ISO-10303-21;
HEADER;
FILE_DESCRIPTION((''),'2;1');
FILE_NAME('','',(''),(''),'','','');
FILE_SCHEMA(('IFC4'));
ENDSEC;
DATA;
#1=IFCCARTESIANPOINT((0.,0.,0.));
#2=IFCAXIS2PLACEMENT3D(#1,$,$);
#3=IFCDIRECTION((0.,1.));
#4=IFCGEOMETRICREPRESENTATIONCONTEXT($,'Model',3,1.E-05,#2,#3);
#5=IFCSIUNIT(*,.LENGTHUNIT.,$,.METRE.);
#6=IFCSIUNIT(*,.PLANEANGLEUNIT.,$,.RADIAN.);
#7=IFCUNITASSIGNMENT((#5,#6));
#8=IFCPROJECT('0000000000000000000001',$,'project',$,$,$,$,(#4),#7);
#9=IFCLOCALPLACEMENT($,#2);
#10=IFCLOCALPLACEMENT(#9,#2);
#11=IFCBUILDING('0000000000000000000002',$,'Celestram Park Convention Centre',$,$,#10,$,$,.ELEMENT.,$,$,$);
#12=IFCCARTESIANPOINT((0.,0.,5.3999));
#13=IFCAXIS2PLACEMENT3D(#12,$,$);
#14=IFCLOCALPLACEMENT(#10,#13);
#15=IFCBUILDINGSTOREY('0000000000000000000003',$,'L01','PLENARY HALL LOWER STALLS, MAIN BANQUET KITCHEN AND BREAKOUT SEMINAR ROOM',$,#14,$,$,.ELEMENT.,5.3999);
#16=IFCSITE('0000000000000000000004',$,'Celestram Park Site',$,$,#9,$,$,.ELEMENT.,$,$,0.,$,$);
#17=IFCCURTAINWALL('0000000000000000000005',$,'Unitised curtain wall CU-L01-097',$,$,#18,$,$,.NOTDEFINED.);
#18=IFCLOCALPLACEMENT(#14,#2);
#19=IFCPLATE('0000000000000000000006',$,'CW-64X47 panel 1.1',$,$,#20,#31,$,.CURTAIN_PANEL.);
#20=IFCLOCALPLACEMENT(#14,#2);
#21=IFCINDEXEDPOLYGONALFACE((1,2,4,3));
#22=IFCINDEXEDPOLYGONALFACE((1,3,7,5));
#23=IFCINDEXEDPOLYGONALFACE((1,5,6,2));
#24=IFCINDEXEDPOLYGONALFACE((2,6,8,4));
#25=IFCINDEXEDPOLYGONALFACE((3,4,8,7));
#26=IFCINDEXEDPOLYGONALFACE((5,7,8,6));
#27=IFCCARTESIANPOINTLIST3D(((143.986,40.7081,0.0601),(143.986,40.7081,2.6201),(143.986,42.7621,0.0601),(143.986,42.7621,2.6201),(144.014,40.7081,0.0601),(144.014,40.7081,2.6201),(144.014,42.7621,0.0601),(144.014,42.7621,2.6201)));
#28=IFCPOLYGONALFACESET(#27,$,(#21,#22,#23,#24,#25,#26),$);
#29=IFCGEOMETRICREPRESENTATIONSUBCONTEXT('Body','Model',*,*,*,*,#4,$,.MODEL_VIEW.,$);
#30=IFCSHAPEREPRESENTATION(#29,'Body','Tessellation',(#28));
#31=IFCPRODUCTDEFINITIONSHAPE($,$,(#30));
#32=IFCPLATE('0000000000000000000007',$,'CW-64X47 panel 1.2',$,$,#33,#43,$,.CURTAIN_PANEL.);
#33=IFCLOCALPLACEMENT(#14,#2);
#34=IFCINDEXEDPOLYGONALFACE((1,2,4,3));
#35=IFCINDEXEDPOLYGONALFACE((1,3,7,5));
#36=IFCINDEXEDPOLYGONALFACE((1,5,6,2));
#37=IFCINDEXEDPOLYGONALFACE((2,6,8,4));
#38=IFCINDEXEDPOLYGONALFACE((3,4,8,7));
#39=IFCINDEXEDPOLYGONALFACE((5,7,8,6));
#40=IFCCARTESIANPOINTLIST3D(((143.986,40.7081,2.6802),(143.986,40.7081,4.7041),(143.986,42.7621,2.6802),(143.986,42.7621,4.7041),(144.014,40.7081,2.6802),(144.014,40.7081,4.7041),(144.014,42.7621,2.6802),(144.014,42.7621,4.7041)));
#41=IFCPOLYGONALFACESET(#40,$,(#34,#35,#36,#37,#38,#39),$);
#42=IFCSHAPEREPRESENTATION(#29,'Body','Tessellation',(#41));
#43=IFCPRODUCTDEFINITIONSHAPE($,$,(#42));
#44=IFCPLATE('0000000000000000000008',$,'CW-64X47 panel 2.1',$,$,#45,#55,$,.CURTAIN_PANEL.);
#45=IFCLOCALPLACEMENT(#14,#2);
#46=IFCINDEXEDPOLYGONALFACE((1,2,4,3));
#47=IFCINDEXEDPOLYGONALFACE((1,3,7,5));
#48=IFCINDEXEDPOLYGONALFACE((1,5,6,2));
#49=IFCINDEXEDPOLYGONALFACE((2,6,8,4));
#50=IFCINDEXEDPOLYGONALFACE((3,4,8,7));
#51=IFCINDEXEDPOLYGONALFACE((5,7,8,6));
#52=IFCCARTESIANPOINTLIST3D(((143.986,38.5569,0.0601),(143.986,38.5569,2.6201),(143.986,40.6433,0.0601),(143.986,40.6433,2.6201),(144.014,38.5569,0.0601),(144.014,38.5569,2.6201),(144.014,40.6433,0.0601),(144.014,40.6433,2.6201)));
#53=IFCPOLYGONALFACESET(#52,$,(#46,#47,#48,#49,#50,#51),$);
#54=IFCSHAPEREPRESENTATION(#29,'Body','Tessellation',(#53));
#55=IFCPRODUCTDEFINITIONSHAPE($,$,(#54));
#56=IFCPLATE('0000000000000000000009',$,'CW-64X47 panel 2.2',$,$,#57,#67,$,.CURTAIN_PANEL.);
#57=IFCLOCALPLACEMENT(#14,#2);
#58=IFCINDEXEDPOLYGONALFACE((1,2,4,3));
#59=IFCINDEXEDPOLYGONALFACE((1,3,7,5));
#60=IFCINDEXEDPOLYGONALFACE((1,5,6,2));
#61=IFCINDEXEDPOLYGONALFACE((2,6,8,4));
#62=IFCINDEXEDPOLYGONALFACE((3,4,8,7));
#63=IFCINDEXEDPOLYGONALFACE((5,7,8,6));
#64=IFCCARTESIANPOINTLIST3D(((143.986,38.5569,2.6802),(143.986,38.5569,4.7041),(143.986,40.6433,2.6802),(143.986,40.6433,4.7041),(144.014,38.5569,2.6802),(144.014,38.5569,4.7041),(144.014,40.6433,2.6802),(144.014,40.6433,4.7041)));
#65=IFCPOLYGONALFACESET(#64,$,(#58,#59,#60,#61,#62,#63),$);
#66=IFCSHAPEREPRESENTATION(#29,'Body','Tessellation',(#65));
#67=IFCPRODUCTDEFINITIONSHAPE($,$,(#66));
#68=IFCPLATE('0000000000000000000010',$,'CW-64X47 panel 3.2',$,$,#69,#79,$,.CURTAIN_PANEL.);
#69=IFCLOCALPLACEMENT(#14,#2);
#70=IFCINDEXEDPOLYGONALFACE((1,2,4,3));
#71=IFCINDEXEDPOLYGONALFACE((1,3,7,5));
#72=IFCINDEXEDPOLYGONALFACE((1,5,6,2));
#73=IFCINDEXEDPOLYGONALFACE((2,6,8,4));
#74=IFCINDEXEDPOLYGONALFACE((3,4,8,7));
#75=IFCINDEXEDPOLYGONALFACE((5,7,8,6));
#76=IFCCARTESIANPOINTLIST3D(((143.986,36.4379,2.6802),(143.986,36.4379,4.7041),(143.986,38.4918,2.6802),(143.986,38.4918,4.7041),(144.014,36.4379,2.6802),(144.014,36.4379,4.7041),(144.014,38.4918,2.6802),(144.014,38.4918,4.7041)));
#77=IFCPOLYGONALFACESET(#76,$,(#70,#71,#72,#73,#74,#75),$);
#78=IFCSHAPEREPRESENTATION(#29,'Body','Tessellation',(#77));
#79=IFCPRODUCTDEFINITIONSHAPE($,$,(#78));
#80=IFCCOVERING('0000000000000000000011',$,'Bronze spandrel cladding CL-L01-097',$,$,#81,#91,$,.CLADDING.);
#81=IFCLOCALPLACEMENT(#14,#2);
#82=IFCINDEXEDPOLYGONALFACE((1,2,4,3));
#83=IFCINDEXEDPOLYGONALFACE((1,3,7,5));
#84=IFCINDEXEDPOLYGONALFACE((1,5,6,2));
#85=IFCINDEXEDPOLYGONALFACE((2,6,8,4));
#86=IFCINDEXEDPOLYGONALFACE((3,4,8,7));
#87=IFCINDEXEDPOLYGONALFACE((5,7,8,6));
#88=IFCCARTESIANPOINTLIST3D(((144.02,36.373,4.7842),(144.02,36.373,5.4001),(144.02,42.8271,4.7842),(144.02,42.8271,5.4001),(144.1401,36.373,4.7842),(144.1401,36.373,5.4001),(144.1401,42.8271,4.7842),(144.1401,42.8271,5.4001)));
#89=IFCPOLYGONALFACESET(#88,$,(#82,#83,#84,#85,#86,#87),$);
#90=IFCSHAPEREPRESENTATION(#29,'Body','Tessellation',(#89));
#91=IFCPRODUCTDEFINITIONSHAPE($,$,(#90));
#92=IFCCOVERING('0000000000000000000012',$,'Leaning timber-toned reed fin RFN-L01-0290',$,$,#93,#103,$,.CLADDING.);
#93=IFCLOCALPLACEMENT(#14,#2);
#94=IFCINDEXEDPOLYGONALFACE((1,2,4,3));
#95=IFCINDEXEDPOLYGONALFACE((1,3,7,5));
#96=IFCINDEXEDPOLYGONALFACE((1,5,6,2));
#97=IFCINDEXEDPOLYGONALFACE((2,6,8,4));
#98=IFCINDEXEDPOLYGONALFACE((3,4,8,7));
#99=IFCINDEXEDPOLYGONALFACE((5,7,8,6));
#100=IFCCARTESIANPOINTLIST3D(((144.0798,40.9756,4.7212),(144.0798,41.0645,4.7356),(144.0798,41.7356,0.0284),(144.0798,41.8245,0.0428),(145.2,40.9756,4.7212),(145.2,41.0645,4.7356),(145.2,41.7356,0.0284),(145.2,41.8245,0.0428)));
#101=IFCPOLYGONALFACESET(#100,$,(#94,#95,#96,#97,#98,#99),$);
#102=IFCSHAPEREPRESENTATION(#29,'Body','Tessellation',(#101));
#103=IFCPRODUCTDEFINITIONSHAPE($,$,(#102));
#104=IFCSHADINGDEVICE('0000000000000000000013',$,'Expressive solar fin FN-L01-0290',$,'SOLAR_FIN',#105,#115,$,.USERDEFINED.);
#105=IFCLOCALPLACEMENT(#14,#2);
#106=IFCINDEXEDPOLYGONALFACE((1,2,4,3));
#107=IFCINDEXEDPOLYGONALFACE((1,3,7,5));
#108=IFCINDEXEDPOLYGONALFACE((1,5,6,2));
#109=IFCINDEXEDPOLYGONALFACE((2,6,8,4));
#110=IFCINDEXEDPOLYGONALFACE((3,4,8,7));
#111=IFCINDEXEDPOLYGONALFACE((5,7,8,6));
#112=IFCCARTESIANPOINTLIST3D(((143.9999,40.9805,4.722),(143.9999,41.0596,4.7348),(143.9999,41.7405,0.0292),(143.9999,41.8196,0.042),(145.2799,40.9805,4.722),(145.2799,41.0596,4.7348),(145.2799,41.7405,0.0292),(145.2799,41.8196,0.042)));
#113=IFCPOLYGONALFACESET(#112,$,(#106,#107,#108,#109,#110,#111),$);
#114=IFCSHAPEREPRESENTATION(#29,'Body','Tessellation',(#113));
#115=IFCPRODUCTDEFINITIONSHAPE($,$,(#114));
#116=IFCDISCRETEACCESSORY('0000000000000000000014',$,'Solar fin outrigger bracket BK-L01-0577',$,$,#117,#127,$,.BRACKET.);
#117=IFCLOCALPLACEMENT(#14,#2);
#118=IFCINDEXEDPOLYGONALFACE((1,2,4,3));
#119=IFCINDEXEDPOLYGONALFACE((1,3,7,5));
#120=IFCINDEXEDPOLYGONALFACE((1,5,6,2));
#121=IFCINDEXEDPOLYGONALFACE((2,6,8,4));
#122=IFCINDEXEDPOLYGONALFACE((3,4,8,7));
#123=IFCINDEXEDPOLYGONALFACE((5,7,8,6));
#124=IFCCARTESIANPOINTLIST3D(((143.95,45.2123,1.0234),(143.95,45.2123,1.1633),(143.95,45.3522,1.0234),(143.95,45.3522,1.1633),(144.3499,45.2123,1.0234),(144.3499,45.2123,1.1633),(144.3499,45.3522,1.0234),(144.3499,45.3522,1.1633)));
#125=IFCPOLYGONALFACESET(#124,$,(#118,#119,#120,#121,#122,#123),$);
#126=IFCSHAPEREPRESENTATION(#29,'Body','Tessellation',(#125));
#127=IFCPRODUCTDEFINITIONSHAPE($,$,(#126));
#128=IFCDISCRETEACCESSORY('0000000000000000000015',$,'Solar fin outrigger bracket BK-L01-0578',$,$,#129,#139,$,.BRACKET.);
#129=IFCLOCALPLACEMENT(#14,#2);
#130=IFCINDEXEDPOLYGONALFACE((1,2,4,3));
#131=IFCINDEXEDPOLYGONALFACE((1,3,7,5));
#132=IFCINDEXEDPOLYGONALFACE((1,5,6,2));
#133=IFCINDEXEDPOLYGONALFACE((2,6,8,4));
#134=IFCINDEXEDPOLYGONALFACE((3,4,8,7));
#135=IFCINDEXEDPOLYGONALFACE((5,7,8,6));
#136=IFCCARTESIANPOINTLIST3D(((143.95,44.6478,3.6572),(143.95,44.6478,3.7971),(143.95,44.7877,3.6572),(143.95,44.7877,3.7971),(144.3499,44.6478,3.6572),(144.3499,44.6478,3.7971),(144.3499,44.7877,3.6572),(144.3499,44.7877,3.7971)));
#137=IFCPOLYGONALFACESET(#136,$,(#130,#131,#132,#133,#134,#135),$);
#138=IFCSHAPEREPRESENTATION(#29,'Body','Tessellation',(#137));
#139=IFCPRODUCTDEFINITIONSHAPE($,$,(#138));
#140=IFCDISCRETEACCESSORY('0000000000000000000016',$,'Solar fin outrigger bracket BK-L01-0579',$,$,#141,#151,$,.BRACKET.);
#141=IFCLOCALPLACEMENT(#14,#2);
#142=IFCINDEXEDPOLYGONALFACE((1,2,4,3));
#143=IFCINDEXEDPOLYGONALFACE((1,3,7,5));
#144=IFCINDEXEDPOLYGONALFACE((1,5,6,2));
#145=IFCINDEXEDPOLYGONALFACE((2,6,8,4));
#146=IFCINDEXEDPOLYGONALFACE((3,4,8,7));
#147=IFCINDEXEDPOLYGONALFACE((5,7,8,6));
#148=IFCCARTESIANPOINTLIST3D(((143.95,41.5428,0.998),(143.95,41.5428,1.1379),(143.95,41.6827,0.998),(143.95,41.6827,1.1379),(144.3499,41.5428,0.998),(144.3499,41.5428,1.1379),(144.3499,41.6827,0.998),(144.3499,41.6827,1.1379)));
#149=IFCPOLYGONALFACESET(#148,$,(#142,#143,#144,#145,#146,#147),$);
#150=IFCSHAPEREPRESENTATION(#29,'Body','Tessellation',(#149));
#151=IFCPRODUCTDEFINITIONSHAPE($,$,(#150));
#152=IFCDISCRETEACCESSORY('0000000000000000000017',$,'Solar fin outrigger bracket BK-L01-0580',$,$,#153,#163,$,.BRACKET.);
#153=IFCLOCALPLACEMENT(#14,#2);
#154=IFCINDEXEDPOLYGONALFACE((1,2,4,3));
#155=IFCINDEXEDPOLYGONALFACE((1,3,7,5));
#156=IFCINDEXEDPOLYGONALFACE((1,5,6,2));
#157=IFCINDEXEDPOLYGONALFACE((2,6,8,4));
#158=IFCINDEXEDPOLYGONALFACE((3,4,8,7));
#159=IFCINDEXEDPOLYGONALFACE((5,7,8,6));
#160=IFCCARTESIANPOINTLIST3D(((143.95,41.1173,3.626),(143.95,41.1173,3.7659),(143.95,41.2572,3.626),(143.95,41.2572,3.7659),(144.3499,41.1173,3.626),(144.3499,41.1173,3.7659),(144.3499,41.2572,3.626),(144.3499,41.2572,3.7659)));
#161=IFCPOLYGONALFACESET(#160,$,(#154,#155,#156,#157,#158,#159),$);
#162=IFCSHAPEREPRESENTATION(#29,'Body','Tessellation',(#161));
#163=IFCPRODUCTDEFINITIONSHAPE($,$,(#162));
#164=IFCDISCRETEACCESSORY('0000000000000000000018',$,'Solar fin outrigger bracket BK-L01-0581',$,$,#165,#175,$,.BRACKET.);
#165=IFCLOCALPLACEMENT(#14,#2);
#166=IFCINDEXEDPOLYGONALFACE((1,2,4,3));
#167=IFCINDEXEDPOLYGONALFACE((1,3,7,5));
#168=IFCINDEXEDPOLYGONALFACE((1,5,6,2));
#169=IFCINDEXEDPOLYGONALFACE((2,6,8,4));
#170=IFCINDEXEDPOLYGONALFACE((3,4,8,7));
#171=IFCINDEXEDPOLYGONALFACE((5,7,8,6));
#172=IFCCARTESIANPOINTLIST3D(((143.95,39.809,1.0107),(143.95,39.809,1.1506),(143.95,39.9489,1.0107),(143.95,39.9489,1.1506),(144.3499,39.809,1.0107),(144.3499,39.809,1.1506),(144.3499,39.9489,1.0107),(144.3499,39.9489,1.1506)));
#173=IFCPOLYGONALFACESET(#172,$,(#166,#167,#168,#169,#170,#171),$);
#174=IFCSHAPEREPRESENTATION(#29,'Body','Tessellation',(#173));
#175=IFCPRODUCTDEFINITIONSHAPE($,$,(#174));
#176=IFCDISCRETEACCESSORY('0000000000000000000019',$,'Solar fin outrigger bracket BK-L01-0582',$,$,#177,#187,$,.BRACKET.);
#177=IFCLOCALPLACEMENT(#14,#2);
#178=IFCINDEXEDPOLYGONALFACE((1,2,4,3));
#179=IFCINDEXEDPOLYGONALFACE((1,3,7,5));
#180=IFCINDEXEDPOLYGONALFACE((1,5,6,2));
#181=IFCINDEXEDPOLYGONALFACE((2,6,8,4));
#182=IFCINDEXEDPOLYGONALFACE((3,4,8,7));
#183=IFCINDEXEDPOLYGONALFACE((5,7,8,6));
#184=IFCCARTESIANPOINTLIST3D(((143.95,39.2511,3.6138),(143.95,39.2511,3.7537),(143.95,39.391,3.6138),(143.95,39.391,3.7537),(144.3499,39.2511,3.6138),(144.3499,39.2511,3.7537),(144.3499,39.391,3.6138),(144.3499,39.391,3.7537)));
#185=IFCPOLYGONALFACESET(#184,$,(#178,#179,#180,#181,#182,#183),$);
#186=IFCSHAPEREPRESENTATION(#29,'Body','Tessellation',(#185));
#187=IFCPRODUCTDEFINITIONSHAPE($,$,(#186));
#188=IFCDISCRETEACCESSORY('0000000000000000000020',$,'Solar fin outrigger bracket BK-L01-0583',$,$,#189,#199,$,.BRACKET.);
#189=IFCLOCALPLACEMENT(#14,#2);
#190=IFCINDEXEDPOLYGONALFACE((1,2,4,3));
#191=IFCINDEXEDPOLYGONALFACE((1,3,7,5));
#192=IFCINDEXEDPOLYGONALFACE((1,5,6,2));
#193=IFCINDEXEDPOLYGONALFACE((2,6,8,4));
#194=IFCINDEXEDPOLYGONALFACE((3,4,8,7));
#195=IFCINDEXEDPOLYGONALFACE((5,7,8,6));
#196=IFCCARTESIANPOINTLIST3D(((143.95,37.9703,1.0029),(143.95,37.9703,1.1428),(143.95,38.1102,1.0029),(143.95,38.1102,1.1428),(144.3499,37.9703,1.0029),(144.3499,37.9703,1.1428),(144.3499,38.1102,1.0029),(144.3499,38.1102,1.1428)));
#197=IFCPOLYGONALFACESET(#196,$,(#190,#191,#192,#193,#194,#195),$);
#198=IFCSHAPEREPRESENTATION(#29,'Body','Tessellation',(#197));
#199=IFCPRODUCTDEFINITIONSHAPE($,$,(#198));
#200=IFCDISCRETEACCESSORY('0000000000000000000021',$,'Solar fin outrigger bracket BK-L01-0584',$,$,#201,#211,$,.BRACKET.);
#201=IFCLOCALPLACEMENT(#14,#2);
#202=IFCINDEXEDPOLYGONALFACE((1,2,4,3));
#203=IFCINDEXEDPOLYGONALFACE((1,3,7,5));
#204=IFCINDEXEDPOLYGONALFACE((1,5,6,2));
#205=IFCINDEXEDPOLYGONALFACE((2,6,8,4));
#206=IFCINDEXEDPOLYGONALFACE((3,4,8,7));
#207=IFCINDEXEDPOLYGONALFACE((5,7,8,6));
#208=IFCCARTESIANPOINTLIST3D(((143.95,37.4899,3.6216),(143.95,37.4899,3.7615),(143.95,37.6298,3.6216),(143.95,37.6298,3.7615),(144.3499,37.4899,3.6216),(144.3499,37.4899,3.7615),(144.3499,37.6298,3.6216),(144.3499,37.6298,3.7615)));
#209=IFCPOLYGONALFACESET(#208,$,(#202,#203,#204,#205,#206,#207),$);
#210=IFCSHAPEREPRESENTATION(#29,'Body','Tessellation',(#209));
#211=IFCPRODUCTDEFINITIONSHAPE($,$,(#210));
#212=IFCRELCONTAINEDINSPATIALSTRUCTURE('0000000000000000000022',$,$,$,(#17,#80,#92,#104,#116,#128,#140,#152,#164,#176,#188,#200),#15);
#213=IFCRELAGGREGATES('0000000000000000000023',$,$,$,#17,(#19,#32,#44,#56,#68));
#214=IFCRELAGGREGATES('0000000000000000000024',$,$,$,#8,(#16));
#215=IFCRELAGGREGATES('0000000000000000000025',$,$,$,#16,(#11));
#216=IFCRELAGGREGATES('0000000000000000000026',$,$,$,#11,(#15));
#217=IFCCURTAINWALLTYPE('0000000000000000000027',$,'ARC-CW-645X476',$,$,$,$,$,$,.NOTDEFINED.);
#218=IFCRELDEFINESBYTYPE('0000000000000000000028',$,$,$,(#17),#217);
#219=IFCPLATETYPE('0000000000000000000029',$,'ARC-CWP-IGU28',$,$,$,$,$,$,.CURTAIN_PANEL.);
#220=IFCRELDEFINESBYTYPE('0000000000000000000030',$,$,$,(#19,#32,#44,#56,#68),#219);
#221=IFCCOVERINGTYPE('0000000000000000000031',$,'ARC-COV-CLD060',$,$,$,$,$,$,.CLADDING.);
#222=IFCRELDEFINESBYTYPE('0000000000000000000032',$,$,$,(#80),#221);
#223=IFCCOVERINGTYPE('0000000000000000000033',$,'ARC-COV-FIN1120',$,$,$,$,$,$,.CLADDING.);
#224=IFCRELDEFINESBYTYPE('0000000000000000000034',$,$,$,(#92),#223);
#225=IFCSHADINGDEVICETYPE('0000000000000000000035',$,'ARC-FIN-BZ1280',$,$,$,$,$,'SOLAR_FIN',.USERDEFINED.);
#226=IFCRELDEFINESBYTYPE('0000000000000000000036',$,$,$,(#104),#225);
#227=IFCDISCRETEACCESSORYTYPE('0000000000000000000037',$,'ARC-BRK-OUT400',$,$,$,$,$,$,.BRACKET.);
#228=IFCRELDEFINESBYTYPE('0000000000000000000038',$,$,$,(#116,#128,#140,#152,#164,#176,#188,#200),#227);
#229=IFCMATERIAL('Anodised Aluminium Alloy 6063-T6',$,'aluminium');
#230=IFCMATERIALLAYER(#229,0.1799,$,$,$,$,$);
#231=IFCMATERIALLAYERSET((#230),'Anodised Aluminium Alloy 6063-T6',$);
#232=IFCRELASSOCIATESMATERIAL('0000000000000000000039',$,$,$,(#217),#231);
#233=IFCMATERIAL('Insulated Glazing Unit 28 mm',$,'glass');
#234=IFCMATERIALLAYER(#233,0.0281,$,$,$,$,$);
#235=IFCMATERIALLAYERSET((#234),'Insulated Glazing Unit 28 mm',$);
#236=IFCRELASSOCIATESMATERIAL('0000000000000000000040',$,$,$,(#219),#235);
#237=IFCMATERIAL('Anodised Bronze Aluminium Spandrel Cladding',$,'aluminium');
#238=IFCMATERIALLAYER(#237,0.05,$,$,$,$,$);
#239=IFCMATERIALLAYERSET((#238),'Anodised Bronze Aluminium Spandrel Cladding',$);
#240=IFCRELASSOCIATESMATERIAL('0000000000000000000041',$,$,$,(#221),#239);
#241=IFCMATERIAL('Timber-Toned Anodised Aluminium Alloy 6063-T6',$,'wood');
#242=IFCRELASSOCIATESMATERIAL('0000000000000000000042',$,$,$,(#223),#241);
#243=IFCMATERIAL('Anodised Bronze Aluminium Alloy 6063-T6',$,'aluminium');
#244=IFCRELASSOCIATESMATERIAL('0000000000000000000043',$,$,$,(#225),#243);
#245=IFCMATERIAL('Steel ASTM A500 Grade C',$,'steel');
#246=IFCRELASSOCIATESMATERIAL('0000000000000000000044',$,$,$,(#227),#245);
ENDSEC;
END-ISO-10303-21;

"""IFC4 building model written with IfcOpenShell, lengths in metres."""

from ifc_helpers import new_model, si_unit, direction, frame, origin, origin_2d, place, context, subcontext, project, spatial, rectangle, extrude, material, layer, layer_set, material_profile, profile_set, type_object, element, aggregate, save


model = new_model("IFC4")

# Units and contexts
model_context = context("Model", 3, precision=1e-05, world=origin(), true_north=direction((0.0, 1.0)))
body_context = subcontext(model_context, "Body", "Model", "MODEL_VIEW")
ifc_project = project(units=[si_unit("LENGTHUNIT", "METRE"), si_unit("PLANEANGLEUNIT", "RADIAN")], contexts=[model_context])

# Site, building, storey
site_placement = place(None, origin())
site = spatial("IfcSite", under=ifc_project, at=site_placement, Name="Celestram Park Site", CompositionType="ELEMENT", RefElevation=0.0)
building_placement = place(site_placement, origin())
building = spatial("IfcBuilding", under=site, at=building_placement, Name="Celestram Park Convention Centre", CompositionType="ELEMENT")
storey_placement = place(building_placement, frame((0.0, 0.0, 5.3999)))
storey = spatial("IfcBuildingStorey", under=building, at=storey_placement, Name="L01", Description="PLENARY HALL LOWER STALLS, MAIN BANQUET KITCHEN AND BREAKOUT SEMINAR ROOM", CompositionType="ELEMENT", Elevation=5.3999)

# Shared definitions
ifc_material_1 = material(Name="Anodised Aluminium Alloy 6063-T6", Category="aluminium")

# Curtain wall
ifc_layer_1 = layer(ifc_material_1, 0.1799)
ifc_layer_set_1 = layer_set([ifc_layer_1], Name="Anodised Aluminium Alloy 6063-T6")
curtain_wall_type_1 = type_object("IfcCurtainWallType", Name="ARC-CW-645X476", PredefinedType="NOTDEFINED", material=ifc_layer_set_1)
curtain_wall_1_placement = place(storey_placement, origin())
curtain_wall_1 = element("IfcCurtainWall", 1, at=curtain_wall_1_placement, inside=storey, type_object=curtain_wall_type_1, Name="Unitised curtain wall CU-L01-097", PredefinedType="NOTDEFINED")

# Shared definitions
ifc_material_2 = material(Name="Steel ASTM A500 Grade C", Category="steel")

# Plates
ifc_material_3 = material(Name="Insulated Glazing Unit 28 mm", Category="glass")
ifc_layer_2 = layer(ifc_material_3, 0.0281)
ifc_layer_set_2 = layer_set([ifc_layer_2], Name="Insulated Glazing Unit 28 mm")
plate_type = type_object("IfcPlateType", Name="ARC-CWP-IGU28", PredefinedType="CURTAIN_PANEL", material=ifc_layer_set_2)
plate_1_placement = place(storey_placement, frame((144.0, 41.7351, 0.0601), z_axis=(0.0, 0.0, 1.0), x_axis=(0.0, -1.0, 0.0)))
plate_1 = element("IfcPlate", 2, at=plate_1_placement, type_object=plate_type, Name="CW-64X47 panel 1.1", PredefinedType="CURTAIN_PANEL", context=body_context, shape_type="SweptSolid", body=[
    extrude(rectangle(XDim=2.054, YDim=0.0281, at=origin_2d()), origin(), (0.0, 0.0, 1.0), 2.5601),
])
plate_2_placement = place(storey_placement, frame((144.0, 41.7351, 2.6802), z_axis=(0.0, 0.0, 1.0), x_axis=(0.0, -1.0, 0.0)))
plate_2 = element("IfcPlate", 3, at=plate_2_placement, type_object=plate_type, Name="CW-64X47 panel 1.2", PredefinedType="CURTAIN_PANEL", context=body_context, shape_type="SweptSolid", body=[
    extrude(rectangle(XDim=2.054, YDim=0.0281, at=origin_2d()), origin(), (0.0, 0.0, 1.0), 2.0239),
])
plate_3_placement = place(storey_placement, frame((144.0, 39.6001, 0.0601), z_axis=(0.0, 0.0, 1.0), x_axis=(0.0, -1.0, 0.0)))
plate_3 = element("IfcPlate", 4, at=plate_3_placement, type_object=plate_type, Name="CW-64X47 panel 2.1", PredefinedType="CURTAIN_PANEL", context=body_context, shape_type="SweptSolid", body=[
    extrude(rectangle(XDim=2.0864, YDim=0.0281, at=origin_2d()), origin(), (0.0, 0.0, 1.0), 2.5601),
])
plate_4_placement = place(storey_placement, frame((144.0, 39.6001, 2.6802), z_axis=(0.0, 0.0, 1.0), x_axis=(0.0, -1.0, 0.0)))
plate_4 = element("IfcPlate", 5, at=plate_4_placement, type_object=plate_type, Name="CW-64X47 panel 2.2", PredefinedType="CURTAIN_PANEL", context=body_context, shape_type="SweptSolid", body=[
    extrude(rectangle(XDim=2.0864, YDim=0.0281, at=origin_2d()), origin(), (0.0, 0.0, 1.0), 2.0239),
])
plate_5_placement = place(storey_placement, frame((144.0, 37.4648, 2.6802), z_axis=(0.0, 0.0, 1.0), x_axis=(0.0, -1.0, 0.0)))
plate_5 = element("IfcPlate", 6, at=plate_5_placement, type_object=plate_type, Name="CW-64X47 panel 3.2", PredefinedType="CURTAIN_PANEL", context=body_context, shape_type="SweptSolid", body=[
    extrude(rectangle(XDim=2.054, YDim=0.0281, at=origin_2d()), origin(), (0.0, 0.0, 1.0), 2.0239),
])
aggregate(curtain_wall_1, [plate_1, plate_2, plate_3, plate_4, plate_5])

# Coverings
ifc_material_4 = material(Name="Anodised Bronze Aluminium Spandrel Cladding", Category="aluminium")
ifc_layer_3 = layer(ifc_material_4, 0.05)
ifc_layer_set_3 = layer_set([ifc_layer_3], Name="Anodised Bronze Aluminium Spandrel Cladding")
covering_type_1 = type_object("IfcCoveringType", Name="ARC-COV-CLD060", PredefinedType="CLADDING", material=ifc_layer_set_3)
covering_1_placement = place(storey_placement, frame((144.0801, 39.6001, 4.7842), z_axis=(0.0, 0.0, 1.0), x_axis=(0.0, -1.0, 0.0)))
element("IfcCovering", 7, at=covering_1_placement, inside=storey, type_object=covering_type_1, Name="Bronze spandrel cladding CL-L01-097", PredefinedType="CLADDING", context=body_context, shape_type="SweptSolid", body=[
    extrude(rectangle(XDim=6.4541, YDim=0.1201, at=origin_2d()), origin(), (0.0, 0.0, 1.0), 0.616),
])
ifc_material_5 = material(Name="Timber-Toned Anodised Aluminium Alloy 6063-T6", Category="wood")
ifc_material_profile_1 = material_profile(ifc_material_5, rectangle(XDim=1.1201, YDim=0.0901, at=origin_2d()), Name="REED1120X90")
ifc_profile_set_1 = profile_set([ifc_material_profile_1], Name="Timber-Toned Anodised Aluminium Alloy 6063-T6")
covering_type_2 = type_object("IfcCoveringType", Name="ARC-COV-FIN1120", PredefinedType="CLADDING", material=ifc_profile_set_1)
covering_2_placement = place(storey_placement, frame((144.6399, 41.78, 0.0356), z_axis=(0.0, -0.159867, 0.987139), x_axis=(1.0, 0.0, 0.0)))
element("IfcCovering", 8, at=covering_2_placement, inside=storey, type_object=covering_type_2, Name="Leaning timber-toned reed fin RFN-L01-0290", PredefinedType="CLADDING", context=body_context, shape_type="SweptSolid", body=[
    extrude(rectangle(XDim=1.1201, YDim=0.0901, at=origin_2d()), origin(), (0.0, 0.0, 1.0), 4.7539),
])

# Shading device
ifc_material_6 = material(Name="Anodised Bronze Aluminium Alloy 6063-T6", Category="aluminium")
ifc_material_profile_2 = material_profile(ifc_material_6, rectangle(XDim=1.28, YDim=0.0801, at=origin_2d()), Name="FIN1280X80")
ifc_profile_set_2 = profile_set([ifc_material_profile_2], Name="Anodised Bronze Aluminium Alloy 6063-T6")
shading_device_type = type_object("IfcShadingDeviceType", Name="ARC-FIN-BZ1280", ElementType="SOLAR_FIN", PredefinedType="USERDEFINED", material=ifc_profile_set_2)
shading_device_placement = place(storey_placement, frame((144.6399, 41.78, 0.0356), z_axis=(0.0, -0.159867, 0.987139), x_axis=(1.0, 0.0, 0.0)))
element("IfcShadingDevice", 9, at=shading_device_placement, inside=storey, type_object=shading_device_type, Name="Expressive solar fin FN-L01-0290", ObjectType="SOLAR_FIN", PredefinedType="USERDEFINED", context=body_context, shape_type="SweptSolid", body=[
    extrude(rectangle(XDim=1.28, YDim=0.0801, at=origin_2d()), origin(), (0.0, 0.0, 1.0), 4.7539),
])

# Discrete accessories
discrete_accessory_type = type_object("IfcDiscreteAccessoryType", Name="ARC-BRK-OUT400", PredefinedType="BRACKET", material=ifc_material_2)
for number, where, z_axis, x_axis, name in (
    (10, (144.1499, 45.2822, 1.0234), (0.0, 0.0, 1.0), (1.0, 0.0, 0.0), "Solar fin outrigger bracket BK-L01-0577"),
    (11, (144.1499, 44.7178, 3.6572), (0.0, 0.0, 1.0), (1.0, 0.0, 0.0), "Solar fin outrigger bracket BK-L01-0578"),
    (12, (144.1499, 41.6128, 0.998), (0.0, 0.0, 1.0), (1.0, 0.0, 0.0), "Solar fin outrigger bracket BK-L01-0579"),
    (13, (144.1499, 41.1873, 3.626), (0.0, 0.0, 1.0), (1.0, 0.0, 0.0), "Solar fin outrigger bracket BK-L01-0580"),
    (14, (144.1499, 39.8789, 1.0107), (0.0, 0.0, 1.0), (1.0, 0.0, 0.0), "Solar fin outrigger bracket BK-L01-0581"),
    (15, (144.1499, 39.321, 3.6138), (0.0, 0.0, 1.0), (1.0, 0.0, 0.0), "Solar fin outrigger bracket BK-L01-0582"),
    (16, (144.1499, 38.0403, 1.0029), (0.0, 0.0, 1.0), (1.0, 0.0, 0.0), "Solar fin outrigger bracket BK-L01-0583"),
    (17, (144.1499, 37.5598, 3.6216), (0.0, 0.0, 1.0), (1.0, 0.0, 0.0), "Solar fin outrigger bracket BK-L01-0584"),
):
    element("IfcDiscreteAccessory", number, at=place(storey_placement, frame(where, z_axis=z_axis, x_axis=x_axis)), inside=storey, type_object=discrete_accessory_type, Name=name, PredefinedType="BRACKET", context=body_context, shape_type="SweptSolid", body=[
        extrude(rectangle(XDim=0.3999, YDim=0.1399, at=origin_2d()), origin(), (0.0, 0.0, 1.0), 0.1399),
    ])

save(model, "model.ifc")
